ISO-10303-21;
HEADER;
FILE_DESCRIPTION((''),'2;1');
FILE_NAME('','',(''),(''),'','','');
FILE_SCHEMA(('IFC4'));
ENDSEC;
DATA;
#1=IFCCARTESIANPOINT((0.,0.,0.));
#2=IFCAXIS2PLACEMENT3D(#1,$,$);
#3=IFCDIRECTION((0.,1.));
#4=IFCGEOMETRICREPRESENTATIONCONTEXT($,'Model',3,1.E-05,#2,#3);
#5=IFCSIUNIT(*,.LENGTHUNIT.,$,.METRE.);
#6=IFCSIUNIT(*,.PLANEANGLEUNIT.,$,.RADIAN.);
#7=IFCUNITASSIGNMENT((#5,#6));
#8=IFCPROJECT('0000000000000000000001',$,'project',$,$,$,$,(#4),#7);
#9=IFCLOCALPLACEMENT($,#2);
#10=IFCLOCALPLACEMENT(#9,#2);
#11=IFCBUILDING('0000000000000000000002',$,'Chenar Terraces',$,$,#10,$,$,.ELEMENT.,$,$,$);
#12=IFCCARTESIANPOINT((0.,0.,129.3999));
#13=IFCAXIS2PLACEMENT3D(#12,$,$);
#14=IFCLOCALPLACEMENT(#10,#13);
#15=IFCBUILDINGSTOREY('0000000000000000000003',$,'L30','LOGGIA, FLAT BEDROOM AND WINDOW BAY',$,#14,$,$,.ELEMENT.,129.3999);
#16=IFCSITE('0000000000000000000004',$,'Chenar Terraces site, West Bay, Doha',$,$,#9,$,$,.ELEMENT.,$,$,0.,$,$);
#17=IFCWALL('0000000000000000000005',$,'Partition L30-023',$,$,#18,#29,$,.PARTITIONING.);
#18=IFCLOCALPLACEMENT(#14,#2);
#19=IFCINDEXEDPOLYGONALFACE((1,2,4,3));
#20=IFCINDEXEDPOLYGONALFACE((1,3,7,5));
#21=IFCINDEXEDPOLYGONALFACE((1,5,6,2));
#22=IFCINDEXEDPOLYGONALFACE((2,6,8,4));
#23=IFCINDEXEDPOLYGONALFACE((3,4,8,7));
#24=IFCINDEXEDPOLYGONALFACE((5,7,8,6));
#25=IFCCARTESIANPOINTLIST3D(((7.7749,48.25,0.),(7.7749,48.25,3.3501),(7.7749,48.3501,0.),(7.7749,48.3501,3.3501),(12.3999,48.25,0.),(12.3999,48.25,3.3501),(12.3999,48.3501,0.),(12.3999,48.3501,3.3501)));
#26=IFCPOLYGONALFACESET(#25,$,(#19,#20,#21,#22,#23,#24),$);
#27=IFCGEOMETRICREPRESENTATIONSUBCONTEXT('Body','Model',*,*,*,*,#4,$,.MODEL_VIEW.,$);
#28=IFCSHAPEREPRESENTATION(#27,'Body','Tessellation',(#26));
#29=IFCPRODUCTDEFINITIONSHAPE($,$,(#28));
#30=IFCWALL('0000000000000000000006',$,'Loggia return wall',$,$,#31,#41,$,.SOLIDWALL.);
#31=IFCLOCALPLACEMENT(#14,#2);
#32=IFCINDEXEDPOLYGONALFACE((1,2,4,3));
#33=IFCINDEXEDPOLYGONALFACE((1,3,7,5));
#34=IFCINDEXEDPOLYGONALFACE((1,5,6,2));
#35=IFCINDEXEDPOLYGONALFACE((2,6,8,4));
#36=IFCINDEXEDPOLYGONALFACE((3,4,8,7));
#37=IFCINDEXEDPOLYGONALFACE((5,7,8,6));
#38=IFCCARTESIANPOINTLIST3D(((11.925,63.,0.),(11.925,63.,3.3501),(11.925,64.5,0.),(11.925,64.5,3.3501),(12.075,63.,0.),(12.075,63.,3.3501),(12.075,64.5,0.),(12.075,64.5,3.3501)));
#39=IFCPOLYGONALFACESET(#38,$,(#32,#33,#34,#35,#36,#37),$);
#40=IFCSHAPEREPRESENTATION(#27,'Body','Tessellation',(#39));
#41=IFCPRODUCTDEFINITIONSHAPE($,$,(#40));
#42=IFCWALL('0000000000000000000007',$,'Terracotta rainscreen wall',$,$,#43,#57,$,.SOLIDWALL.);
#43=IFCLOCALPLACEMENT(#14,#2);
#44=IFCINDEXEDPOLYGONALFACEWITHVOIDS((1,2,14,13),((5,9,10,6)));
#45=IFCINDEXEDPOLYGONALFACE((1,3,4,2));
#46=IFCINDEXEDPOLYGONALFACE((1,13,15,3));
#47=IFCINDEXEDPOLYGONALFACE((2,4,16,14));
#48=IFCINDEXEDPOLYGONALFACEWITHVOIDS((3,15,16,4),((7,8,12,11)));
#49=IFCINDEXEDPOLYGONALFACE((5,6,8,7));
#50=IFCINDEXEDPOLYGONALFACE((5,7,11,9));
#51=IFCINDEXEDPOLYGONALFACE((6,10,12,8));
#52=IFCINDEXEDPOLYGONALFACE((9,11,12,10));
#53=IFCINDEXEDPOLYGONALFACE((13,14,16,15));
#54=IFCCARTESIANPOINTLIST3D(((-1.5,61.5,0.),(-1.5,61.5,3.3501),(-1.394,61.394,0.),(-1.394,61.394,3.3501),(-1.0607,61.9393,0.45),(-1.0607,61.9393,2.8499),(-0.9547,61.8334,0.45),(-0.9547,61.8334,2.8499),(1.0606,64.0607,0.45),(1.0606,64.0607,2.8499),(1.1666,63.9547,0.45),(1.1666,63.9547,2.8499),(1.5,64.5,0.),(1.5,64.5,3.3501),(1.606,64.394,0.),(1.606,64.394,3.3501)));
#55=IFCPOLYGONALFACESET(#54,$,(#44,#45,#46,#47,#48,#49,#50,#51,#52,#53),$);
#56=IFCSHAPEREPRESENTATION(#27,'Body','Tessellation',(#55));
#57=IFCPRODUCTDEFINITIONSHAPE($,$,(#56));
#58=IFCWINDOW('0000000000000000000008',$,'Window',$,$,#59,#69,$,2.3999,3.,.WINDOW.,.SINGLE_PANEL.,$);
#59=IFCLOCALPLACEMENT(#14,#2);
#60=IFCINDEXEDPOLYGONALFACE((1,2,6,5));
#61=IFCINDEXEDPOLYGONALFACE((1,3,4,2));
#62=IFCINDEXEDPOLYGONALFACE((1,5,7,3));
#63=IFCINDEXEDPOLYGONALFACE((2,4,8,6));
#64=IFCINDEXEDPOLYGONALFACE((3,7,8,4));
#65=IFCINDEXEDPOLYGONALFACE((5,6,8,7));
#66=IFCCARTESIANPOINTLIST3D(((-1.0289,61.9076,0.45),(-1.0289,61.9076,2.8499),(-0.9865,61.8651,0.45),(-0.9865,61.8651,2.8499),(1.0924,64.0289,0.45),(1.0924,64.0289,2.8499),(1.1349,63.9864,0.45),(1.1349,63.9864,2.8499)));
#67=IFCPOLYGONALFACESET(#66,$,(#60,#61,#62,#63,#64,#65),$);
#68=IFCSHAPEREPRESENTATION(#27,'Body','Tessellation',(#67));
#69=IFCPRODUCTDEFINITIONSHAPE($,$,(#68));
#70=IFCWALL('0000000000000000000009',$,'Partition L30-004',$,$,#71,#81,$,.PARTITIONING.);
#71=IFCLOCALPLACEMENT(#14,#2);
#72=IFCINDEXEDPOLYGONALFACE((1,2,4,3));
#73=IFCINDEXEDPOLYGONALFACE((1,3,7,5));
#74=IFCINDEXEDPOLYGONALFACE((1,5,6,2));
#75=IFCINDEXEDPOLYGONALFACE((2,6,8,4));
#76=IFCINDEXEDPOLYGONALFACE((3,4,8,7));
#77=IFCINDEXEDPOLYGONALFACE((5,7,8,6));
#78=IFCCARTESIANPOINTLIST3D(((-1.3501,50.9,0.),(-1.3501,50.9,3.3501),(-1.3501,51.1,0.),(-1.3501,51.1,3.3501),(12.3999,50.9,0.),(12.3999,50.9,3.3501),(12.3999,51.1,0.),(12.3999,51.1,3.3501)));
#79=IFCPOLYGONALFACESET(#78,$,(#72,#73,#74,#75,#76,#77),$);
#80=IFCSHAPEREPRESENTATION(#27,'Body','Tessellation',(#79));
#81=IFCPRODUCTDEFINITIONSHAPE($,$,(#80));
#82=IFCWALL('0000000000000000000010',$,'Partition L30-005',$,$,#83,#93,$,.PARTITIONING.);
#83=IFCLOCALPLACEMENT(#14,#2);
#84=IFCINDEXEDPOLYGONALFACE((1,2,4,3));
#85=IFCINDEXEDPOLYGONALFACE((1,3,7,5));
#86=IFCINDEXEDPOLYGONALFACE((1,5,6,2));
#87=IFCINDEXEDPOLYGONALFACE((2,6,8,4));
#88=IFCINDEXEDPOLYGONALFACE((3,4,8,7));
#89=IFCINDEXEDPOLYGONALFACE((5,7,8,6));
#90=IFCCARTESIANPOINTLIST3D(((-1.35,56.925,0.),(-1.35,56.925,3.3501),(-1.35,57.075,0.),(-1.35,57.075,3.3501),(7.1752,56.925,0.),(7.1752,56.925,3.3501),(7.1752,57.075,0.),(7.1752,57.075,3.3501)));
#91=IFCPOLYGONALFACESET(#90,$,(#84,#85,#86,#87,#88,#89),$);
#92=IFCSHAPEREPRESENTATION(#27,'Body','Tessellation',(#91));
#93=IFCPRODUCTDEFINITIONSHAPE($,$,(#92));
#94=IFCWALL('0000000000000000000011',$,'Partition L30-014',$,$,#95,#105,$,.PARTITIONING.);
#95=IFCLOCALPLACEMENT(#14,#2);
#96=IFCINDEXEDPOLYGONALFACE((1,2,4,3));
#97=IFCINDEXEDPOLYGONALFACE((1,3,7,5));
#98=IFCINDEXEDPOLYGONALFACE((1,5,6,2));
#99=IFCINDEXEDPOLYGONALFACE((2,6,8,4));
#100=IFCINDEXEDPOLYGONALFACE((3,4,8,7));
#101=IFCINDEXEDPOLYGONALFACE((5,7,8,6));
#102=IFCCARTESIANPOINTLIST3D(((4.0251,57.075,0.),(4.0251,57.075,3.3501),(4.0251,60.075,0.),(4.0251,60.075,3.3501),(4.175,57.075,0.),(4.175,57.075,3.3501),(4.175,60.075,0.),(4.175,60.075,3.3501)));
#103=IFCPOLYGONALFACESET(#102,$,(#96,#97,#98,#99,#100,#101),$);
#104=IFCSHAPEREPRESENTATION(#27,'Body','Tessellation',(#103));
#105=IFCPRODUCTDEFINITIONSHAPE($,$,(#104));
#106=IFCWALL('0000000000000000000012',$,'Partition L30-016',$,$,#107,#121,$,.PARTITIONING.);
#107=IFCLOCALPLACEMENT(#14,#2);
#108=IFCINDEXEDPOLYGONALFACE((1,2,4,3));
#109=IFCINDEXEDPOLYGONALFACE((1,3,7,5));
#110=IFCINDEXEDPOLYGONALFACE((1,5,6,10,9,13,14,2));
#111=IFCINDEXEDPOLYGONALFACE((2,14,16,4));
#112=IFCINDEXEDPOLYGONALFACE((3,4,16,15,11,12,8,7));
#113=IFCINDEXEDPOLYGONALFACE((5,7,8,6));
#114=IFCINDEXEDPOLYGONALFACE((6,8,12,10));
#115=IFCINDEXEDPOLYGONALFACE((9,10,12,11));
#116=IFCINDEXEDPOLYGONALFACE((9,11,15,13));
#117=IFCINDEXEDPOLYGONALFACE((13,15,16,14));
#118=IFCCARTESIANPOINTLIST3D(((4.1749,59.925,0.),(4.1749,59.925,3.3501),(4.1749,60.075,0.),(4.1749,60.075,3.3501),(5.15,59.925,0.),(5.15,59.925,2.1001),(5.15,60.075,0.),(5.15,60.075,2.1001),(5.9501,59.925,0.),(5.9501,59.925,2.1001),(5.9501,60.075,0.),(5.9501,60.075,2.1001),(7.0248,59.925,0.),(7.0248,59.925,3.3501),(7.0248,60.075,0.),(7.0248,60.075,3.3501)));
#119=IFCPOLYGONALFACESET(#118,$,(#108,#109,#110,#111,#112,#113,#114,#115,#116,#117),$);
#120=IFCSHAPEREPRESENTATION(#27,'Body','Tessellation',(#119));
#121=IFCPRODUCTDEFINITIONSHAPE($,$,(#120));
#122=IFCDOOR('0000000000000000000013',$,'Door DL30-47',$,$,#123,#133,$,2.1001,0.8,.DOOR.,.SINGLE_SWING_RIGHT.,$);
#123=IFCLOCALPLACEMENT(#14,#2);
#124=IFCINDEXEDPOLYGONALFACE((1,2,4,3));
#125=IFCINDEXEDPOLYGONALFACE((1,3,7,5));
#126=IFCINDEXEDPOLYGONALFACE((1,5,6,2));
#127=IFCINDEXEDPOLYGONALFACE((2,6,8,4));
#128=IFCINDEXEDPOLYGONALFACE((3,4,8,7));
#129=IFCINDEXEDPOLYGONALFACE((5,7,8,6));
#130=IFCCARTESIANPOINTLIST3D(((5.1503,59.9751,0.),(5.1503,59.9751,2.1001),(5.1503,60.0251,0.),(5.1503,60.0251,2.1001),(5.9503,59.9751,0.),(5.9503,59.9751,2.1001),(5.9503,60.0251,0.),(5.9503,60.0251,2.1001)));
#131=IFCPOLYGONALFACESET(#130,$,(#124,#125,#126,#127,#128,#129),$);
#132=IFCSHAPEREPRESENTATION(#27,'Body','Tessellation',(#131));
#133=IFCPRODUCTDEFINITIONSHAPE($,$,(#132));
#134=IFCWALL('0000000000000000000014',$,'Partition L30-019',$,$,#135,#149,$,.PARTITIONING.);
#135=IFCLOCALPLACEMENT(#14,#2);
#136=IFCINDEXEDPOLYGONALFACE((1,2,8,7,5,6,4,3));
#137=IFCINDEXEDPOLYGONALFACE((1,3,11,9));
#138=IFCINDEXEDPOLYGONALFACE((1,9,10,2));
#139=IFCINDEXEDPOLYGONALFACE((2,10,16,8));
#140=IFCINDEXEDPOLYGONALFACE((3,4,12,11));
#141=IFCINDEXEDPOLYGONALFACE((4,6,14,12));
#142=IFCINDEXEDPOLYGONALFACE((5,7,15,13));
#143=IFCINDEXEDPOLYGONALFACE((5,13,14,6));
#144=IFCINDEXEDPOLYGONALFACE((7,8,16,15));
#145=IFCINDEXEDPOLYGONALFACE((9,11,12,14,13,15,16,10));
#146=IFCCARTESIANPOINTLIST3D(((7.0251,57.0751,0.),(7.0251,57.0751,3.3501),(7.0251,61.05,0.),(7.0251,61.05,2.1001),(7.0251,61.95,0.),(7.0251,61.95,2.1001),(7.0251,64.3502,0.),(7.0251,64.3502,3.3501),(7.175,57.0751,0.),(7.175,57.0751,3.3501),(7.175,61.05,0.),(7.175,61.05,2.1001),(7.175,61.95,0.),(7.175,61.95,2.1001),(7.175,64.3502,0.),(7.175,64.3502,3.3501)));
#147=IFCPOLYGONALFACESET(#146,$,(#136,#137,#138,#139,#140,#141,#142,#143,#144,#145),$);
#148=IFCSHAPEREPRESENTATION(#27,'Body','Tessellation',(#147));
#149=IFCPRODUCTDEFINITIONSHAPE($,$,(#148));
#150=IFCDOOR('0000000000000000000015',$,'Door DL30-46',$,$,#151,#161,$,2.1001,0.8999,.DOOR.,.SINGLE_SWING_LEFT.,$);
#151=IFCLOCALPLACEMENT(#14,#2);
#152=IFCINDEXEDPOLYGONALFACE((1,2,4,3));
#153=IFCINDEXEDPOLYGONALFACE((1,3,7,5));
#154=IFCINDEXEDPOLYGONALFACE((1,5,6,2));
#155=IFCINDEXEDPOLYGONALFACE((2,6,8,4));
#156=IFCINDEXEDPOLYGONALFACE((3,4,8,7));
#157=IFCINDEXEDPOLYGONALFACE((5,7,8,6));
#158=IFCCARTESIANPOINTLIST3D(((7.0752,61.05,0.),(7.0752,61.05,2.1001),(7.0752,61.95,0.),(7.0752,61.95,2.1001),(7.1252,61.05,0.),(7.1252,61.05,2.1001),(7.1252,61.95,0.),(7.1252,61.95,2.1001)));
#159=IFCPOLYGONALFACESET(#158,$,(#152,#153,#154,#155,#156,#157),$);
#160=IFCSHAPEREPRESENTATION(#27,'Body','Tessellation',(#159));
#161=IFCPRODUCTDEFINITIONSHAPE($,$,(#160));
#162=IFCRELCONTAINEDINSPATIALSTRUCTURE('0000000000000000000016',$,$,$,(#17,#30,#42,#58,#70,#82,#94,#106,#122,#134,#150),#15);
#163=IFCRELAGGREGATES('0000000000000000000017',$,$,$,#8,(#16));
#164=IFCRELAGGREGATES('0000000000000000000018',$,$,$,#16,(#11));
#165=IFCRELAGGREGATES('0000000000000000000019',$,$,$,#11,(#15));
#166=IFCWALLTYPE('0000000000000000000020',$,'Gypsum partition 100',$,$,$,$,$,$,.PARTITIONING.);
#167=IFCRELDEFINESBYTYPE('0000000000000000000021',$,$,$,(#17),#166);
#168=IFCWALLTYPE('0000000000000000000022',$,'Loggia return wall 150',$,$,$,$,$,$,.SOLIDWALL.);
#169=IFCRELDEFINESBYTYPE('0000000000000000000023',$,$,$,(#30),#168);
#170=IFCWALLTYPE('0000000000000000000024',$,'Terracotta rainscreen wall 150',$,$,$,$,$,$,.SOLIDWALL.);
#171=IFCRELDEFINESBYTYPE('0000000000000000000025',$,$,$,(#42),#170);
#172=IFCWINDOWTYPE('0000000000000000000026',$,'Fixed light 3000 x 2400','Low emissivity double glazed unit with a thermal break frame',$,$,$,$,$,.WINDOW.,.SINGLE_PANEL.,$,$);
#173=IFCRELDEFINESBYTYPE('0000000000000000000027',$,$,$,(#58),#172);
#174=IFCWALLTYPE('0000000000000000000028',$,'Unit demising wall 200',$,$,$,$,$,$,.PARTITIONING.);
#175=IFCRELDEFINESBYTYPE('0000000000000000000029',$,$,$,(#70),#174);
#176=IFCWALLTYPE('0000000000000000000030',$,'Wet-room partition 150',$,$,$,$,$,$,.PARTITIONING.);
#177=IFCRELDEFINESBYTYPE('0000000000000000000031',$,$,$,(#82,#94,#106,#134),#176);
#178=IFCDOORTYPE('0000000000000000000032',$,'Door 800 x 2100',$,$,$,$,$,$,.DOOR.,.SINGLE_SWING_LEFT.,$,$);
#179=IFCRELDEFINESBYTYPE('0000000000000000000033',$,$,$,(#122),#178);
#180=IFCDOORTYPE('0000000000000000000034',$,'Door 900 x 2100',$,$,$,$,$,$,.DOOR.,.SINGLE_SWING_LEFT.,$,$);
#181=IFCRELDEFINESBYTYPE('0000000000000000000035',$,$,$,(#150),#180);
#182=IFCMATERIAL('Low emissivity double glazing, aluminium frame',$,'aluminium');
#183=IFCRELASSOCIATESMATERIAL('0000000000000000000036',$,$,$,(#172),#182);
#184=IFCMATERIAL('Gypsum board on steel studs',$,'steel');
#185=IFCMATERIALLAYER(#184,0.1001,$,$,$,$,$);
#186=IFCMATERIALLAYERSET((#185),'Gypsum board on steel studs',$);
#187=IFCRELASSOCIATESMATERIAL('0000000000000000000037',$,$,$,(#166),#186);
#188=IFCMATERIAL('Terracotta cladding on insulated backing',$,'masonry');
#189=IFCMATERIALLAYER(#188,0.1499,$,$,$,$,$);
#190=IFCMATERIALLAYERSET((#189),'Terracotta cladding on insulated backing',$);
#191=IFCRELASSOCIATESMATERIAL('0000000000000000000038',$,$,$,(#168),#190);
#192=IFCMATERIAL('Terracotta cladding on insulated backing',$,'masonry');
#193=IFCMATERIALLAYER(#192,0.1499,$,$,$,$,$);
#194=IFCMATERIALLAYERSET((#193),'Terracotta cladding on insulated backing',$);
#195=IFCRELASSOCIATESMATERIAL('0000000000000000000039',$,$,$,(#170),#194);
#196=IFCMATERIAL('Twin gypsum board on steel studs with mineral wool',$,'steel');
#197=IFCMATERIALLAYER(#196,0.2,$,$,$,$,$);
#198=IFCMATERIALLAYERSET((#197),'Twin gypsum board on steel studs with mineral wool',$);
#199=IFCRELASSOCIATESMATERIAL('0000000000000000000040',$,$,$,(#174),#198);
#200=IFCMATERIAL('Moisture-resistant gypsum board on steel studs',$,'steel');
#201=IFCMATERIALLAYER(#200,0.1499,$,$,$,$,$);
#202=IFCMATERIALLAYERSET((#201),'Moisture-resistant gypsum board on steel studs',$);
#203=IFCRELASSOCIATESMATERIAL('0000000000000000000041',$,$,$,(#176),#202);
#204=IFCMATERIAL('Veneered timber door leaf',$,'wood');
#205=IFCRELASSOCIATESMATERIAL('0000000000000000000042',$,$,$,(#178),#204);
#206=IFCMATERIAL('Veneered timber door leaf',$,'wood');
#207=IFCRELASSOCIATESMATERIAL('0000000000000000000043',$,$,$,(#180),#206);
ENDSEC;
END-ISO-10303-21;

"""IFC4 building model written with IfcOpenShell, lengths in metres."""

from ifc_helpers import new_model, si_unit, direction, frame, frame_2d, origin, place, context, subcontext, project, spatial, rectangle, extrude, material, layer, layer_set, type_object, element, fill, save


model = new_model("IFC4")

# Units and contexts
model_context = context("Model", 3, precision=1e-05, world=origin(), true_north=direction((0.0, 1.0)))
body_context = subcontext(model_context, "Body", "Model", "MODEL_VIEW")
ifc_project = project(units=[si_unit("LENGTHUNIT", "METRE"), si_unit("PLANEANGLEUNIT", "RADIAN")], contexts=[model_context])

# Site, building, storey
site_placement = place(None, origin())
site = spatial("IfcSite", under=ifc_project, at=site_placement, Name="Chenar Terraces site, West Bay, Doha", CompositionType="ELEMENT", RefElevation=0.0)
building_placement = place(site_placement, origin())
building = spatial("IfcBuilding", under=site, at=building_placement, Name="Chenar Terraces", CompositionType="ELEMENT")
storey_placement = place(building_placement, frame((0.0, 0.0, 129.3999)))
storey = spatial("IfcBuildingStorey", under=building, at=storey_placement, Name="L30", Description="LOGGIA, FLAT BEDROOM AND WINDOW BAY", CompositionType="ELEMENT", Elevation=129.3999)

# Shared definitions
ifc_material_1 = material(Name="Low emissivity double glazing, aluminium frame", Category="aluminium")
window_type_1 = type_object("IfcWindowType", Name="Fixed light 3000 x 2400", Description="Low emissivity double glazed unit with a thermal break frame", PartitioningType="SINGLE_PANEL", PredefinedType="WINDOW", material=ifc_material_1)

# Walls
ifc_material_2 = material(Name="Gypsum board on steel studs", Category="steel")
ifc_layer_1 = layer(ifc_material_2, 0.1001)
ifc_layer_set_1 = layer_set([ifc_layer_1], Name="Gypsum board on steel studs")
wall_type_1 = type_object("IfcWallType", Name="Gypsum partition 100", PredefinedType="PARTITIONING", material=ifc_layer_set_1)
wall_1_placement = place(storey_placement, frame((7.7749, 48.3, 0.0), z_axis=(0.0, 0.0, 1.0), x_axis=(1.0, 0.0, 0.0)))
element("IfcWall", 1, at=wall_1_placement, inside=storey, type_object=wall_type_1, Name="Partition L30-023", PredefinedType="PARTITIONING", context=body_context, shape_type="SweptSolid", body=[
    extrude(rectangle(XDim=4.625, YDim=0.1001, at=frame_2d((2.3125, 0.0))), origin(), (0.0, 0.0, 1.0), 3.3501),
])
ifc_material_3 = material(Name="Terracotta cladding on insulated backing", Category="masonry")
ifc_layer_2 = layer(ifc_material_3, 0.1499)
ifc_layer_set_2 = layer_set([ifc_layer_2], Name="Terracotta cladding on insulated backing")
wall_type_2 = type_object("IfcWallType", Name="Loggia return wall 150", PredefinedType="SOLIDWALL", material=ifc_layer_set_2)
wall_2_placement = place(storey_placement, frame((12.0, 64.5, 0.0), z_axis=(0.0, 0.0, 1.0), x_axis=(0.0, -1.0, 0.0)))
element("IfcWall", 2, at=wall_2_placement, inside=storey, type_object=wall_type_2, Name="Loggia return wall", PredefinedType="SOLIDWALL", context=body_context, shape_type="SweptSolid", body=[
    extrude(rectangle(XDim=1.5, YDim=0.1499, at=frame_2d((0.75, 0.0))), origin(), (0.0, 0.0, 1.0), 3.3501),
])

# Wall, opening, window
ifc_material_4 = material(Name="Terracotta cladding on insulated backing", Category="masonry")
ifc_layer_3 = layer(ifc_material_4, 0.1499)
ifc_layer_set_3 = layer_set([ifc_layer_3], Name="Terracotta cladding on insulated backing")
wall_type_3 = type_object("IfcWallType", Name="Terracotta rainscreen wall 150", PredefinedType="SOLIDWALL", material=ifc_layer_set_3)
wall_3_placement = place(storey_placement, frame((1.553, 64.447, 0.0), z_axis=(0.0, 0.0, 1.0), x_axis=(-0.707107, -0.707107, 0.0)))
wall_3 = element("IfcWall", 3, at=wall_3_placement, inside=storey, type_object=wall_type_3, Name="Terracotta rainscreen wall", PredefinedType="SOLIDWALL", context=body_context, shape_type="SweptSolid", body=[
    extrude(rectangle(XDim=4.2427, YDim=0.1499, at=frame_2d((2.1213, 0.0))), origin(), (0.0, 0.0, 1.0), 3.3501),
])
opening_1_placement = place(wall_3_placement, frame((0.6213, 0.0, 0.45)))
opening_1 = element("IfcOpeningElement", 4, at=opening_1_placement, cuts=wall_3, PredefinedType="OPENING", context=body_context, shape_type="SweptSolid", body=[
    extrude(rectangle(XDim=3.0, YDim=2.3999, at=frame_2d((1.5, 1.2))), frame((0.0, 0.085, 0.0), z_axis=(0.0, -1.0, 0.0), x_axis=(1.0, 0.0, 0.0)), (0.0, 0.0, 1.0), 0.1699),
])
window_1_placement = place(opening_1_placement, origin())
window_1 = element("IfcWindow", 5, at=window_1_placement, inside=storey, type_object=window_type_1, Name="Window", OverallHeight=2.3999, OverallWidth=3.0, PartitioningType="SINGLE_PANEL", PredefinedType="WINDOW", context=body_context, shape_type="SweptSolid", body=[
    extrude(rectangle(XDim=3.0, YDim=2.3999, at=frame_2d((1.5, 1.2))), frame((0.0, 0.03, 0.0), z_axis=(0.0, -1.0, 0.0), x_axis=(1.0, 0.0, 0.0)), (0.0, 0.0, 1.0), 0.0601),
])
fill(opening_1, window_1)

# Walls
ifc_material_5 = material(Name="Twin gypsum board on steel studs with mineral wool", Category="steel")
ifc_layer_4 = layer(ifc_material_5, 0.2)
ifc_layer_set_4 = layer_set([ifc_layer_4], Name="Twin gypsum board on steel studs with mineral wool")
wall_type_4 = type_object("IfcWallType", Name="Unit demising wall 200", PredefinedType="PARTITIONING", material=ifc_layer_set_4)
wall_4_placement = place(storey_placement, frame((-1.3501, 51.0, 0.0), z_axis=(0.0, 0.0, 1.0), x_axis=(1.0, 0.0, 0.0)))
element("IfcWall", 6, at=wall_4_placement, inside=storey, type_object=wall_type_4, Name="Partition L30-004", PredefinedType="PARTITIONING", context=body_context, shape_type="SweptSolid", body=[
    extrude(rectangle(XDim=13.75, YDim=0.2, at=frame_2d((6.875, 0.0))), origin(), (0.0, 0.0, 1.0), 3.3501),
])
ifc_material_6 = material(Name="Moisture-resistant gypsum board on steel studs", Category="steel")
ifc_layer_5 = layer(ifc_material_6, 0.1499)
ifc_layer_set_5 = layer_set([ifc_layer_5], Name="Moisture-resistant gypsum board on steel studs")
wall_type_5 = type_object("IfcWallType", Name="Wet-room partition 150", PredefinedType="PARTITIONING", material=ifc_layer_set_5)
wall_5_placement = place(storey_placement, frame((-1.3501, 57.0, 0.0), z_axis=(0.0, 0.0, 1.0), x_axis=(1.0, 0.0, 0.0)))
element("IfcWall", 7, at=wall_5_placement, inside=storey, type_object=wall_type_5, Name="Partition L30-005", PredefinedType="PARTITIONING", context=body_context, shape_type="SweptSolid", body=[
    extrude(rectangle(XDim=8.5251, YDim=0.1499, at=frame_2d((4.2627, 0.0))), origin(), (0.0, 0.0, 1.0), 3.3501),
])
wall_6_placement = place(storey_placement, frame((4.1001, 57.075, 0.0), z_axis=(0.0, 0.0, 1.0), x_axis=(0.0, 1.0, 0.0)))
element("IfcWall", 8, at=wall_6_placement, inside=storey, type_object=wall_type_5, Name="Partition L30-014", PredefinedType="PARTITIONING", context=body_context, shape_type="SweptSolid", body=[
    extrude(rectangle(XDim=3.0, YDim=0.1499, at=frame_2d((1.5, 0.0))), origin(), (0.0, 0.0, 1.0), 3.3501),
])

# Walls, openings, doors
wall_7_placement = place(storey_placement, frame((4.175, 60.0, 0.0), z_axis=(0.0, 0.0, 1.0), x_axis=(1.0, 0.0, 0.0)))
wall_7 = element("IfcWall", 9, at=wall_7_placement, inside=storey, type_object=wall_type_5, Name="Partition L30-016", PredefinedType="PARTITIONING", context=body_context, shape_type="SweptSolid", body=[
    extrude(rectangle(XDim=2.8499, YDim=0.1499, at=frame_2d((1.4248, 0.0))), origin(), (0.0, 0.0, 1.0), 3.3501),
])
opening_2_placement = place(wall_7_placement, frame((0.9751, 0.0, 0.0)))
opening_2 = element("IfcOpeningElement", 10, at=opening_2_placement, cuts=wall_7, PredefinedType="OPENING", context=body_context, shape_type="SweptSolid", body=[
    extrude(rectangle(XDim=0.8, YDim=2.1001, at=frame_2d((0.3999, 1.05))), frame((0.0, 0.085, 0.0), z_axis=(0.0, -1.0, 0.0), x_axis=(1.0, 0.0, 0.0)), (0.0, 0.0, 1.0), 0.1699),
])
ifc_material_7 = material(Name="Veneered timber door leaf", Category="wood")
door_type_1 = type_object("IfcDoorType", Name="Door 800 x 2100", OperationType="SINGLE_SWING_LEFT", PredefinedType="DOOR", material=ifc_material_7)
door_1_placement = place(opening_2_placement, frame((0.8, 0.0, 0.0), z_axis=(0.0, 0.0, 1.0), x_axis=(-1.0, 0.0, 0.0)))
door_1 = element("IfcDoor", 11, at=door_1_placement, inside=storey, type_object=door_type_1, Name="Door DL30-47", OperationType="SINGLE_SWING_RIGHT", OverallHeight=2.1001, OverallWidth=0.8, PredefinedType="DOOR", context=body_context, shape_type="SweptSolid", body=[
    extrude(rectangle(XDim=0.8, YDim=2.1001, at=frame_2d((0.3999, 1.05))), frame((0.0, 0.0249, 0.0), z_axis=(0.0, -1.0, 0.0), x_axis=(1.0, 0.0, 0.0)), (0.0, 0.0, 1.0), 0.05),
])
fill(opening_2, door_1)
wall_8_placement = place(storey_placement, frame((7.1001, 57.075, 0.0), z_axis=(0.0, 0.0, 1.0), x_axis=(0.0, 1.0, 0.0)))
wall_8 = element("IfcWall", 12, at=wall_8_placement, inside=storey, type_object=wall_type_5, Name="Partition L30-019", PredefinedType="PARTITIONING", context=body_context, shape_type="SweptSolid", body=[
    extrude(rectangle(XDim=7.2751, YDim=0.1499, at=frame_2d((3.6377, 0.0))), origin(), (0.0, 0.0, 1.0), 3.3501),
])
opening_3_placement = place(wall_8_placement, frame((3.9751, 0.0, 0.0)))
opening_3 = element("IfcOpeningElement", 13, at=opening_3_placement, cuts=wall_8, PredefinedType="OPENING", context=body_context, shape_type="SweptSolid", body=[
    extrude(rectangle(XDim=0.8999, YDim=2.1001, at=frame_2d((0.45, 1.05))), frame((0.0, 0.085, 0.0), z_axis=(0.0, -1.0, 0.0), x_axis=(1.0, 0.0, 0.0)), (0.0, 0.0, 1.0), 0.1699),
])
ifc_material_8 = material(Name="Veneered timber door leaf", Category="wood")
door_type_2 = type_object("IfcDoorType", Name="Door 900 x 2100", OperationType="SINGLE_SWING_LEFT", PredefinedType="DOOR", material=ifc_material_8)
door_2_placement = place(opening_3_placement, origin())
door_2 = element("IfcDoor", 14, at=door_2_placement, inside=storey, type_object=door_type_2, Name="Door DL30-46", OperationType="SINGLE_SWING_LEFT", OverallHeight=2.1001, OverallWidth=0.8999, PredefinedType="DOOR", context=body_context, shape_type="SweptSolid", body=[
    extrude(rectangle(XDim=0.8999, YDim=2.1001, at=frame_2d((0.45, 1.05))), frame((0.0, 0.0249, 0.0), z_axis=(0.0, -1.0, 0.0), x_axis=(1.0, 0.0, 0.0)), (0.0, 0.0, 1.0), 0.05),
])
fill(opening_3, door_2)

save(model, "model.ifc")
